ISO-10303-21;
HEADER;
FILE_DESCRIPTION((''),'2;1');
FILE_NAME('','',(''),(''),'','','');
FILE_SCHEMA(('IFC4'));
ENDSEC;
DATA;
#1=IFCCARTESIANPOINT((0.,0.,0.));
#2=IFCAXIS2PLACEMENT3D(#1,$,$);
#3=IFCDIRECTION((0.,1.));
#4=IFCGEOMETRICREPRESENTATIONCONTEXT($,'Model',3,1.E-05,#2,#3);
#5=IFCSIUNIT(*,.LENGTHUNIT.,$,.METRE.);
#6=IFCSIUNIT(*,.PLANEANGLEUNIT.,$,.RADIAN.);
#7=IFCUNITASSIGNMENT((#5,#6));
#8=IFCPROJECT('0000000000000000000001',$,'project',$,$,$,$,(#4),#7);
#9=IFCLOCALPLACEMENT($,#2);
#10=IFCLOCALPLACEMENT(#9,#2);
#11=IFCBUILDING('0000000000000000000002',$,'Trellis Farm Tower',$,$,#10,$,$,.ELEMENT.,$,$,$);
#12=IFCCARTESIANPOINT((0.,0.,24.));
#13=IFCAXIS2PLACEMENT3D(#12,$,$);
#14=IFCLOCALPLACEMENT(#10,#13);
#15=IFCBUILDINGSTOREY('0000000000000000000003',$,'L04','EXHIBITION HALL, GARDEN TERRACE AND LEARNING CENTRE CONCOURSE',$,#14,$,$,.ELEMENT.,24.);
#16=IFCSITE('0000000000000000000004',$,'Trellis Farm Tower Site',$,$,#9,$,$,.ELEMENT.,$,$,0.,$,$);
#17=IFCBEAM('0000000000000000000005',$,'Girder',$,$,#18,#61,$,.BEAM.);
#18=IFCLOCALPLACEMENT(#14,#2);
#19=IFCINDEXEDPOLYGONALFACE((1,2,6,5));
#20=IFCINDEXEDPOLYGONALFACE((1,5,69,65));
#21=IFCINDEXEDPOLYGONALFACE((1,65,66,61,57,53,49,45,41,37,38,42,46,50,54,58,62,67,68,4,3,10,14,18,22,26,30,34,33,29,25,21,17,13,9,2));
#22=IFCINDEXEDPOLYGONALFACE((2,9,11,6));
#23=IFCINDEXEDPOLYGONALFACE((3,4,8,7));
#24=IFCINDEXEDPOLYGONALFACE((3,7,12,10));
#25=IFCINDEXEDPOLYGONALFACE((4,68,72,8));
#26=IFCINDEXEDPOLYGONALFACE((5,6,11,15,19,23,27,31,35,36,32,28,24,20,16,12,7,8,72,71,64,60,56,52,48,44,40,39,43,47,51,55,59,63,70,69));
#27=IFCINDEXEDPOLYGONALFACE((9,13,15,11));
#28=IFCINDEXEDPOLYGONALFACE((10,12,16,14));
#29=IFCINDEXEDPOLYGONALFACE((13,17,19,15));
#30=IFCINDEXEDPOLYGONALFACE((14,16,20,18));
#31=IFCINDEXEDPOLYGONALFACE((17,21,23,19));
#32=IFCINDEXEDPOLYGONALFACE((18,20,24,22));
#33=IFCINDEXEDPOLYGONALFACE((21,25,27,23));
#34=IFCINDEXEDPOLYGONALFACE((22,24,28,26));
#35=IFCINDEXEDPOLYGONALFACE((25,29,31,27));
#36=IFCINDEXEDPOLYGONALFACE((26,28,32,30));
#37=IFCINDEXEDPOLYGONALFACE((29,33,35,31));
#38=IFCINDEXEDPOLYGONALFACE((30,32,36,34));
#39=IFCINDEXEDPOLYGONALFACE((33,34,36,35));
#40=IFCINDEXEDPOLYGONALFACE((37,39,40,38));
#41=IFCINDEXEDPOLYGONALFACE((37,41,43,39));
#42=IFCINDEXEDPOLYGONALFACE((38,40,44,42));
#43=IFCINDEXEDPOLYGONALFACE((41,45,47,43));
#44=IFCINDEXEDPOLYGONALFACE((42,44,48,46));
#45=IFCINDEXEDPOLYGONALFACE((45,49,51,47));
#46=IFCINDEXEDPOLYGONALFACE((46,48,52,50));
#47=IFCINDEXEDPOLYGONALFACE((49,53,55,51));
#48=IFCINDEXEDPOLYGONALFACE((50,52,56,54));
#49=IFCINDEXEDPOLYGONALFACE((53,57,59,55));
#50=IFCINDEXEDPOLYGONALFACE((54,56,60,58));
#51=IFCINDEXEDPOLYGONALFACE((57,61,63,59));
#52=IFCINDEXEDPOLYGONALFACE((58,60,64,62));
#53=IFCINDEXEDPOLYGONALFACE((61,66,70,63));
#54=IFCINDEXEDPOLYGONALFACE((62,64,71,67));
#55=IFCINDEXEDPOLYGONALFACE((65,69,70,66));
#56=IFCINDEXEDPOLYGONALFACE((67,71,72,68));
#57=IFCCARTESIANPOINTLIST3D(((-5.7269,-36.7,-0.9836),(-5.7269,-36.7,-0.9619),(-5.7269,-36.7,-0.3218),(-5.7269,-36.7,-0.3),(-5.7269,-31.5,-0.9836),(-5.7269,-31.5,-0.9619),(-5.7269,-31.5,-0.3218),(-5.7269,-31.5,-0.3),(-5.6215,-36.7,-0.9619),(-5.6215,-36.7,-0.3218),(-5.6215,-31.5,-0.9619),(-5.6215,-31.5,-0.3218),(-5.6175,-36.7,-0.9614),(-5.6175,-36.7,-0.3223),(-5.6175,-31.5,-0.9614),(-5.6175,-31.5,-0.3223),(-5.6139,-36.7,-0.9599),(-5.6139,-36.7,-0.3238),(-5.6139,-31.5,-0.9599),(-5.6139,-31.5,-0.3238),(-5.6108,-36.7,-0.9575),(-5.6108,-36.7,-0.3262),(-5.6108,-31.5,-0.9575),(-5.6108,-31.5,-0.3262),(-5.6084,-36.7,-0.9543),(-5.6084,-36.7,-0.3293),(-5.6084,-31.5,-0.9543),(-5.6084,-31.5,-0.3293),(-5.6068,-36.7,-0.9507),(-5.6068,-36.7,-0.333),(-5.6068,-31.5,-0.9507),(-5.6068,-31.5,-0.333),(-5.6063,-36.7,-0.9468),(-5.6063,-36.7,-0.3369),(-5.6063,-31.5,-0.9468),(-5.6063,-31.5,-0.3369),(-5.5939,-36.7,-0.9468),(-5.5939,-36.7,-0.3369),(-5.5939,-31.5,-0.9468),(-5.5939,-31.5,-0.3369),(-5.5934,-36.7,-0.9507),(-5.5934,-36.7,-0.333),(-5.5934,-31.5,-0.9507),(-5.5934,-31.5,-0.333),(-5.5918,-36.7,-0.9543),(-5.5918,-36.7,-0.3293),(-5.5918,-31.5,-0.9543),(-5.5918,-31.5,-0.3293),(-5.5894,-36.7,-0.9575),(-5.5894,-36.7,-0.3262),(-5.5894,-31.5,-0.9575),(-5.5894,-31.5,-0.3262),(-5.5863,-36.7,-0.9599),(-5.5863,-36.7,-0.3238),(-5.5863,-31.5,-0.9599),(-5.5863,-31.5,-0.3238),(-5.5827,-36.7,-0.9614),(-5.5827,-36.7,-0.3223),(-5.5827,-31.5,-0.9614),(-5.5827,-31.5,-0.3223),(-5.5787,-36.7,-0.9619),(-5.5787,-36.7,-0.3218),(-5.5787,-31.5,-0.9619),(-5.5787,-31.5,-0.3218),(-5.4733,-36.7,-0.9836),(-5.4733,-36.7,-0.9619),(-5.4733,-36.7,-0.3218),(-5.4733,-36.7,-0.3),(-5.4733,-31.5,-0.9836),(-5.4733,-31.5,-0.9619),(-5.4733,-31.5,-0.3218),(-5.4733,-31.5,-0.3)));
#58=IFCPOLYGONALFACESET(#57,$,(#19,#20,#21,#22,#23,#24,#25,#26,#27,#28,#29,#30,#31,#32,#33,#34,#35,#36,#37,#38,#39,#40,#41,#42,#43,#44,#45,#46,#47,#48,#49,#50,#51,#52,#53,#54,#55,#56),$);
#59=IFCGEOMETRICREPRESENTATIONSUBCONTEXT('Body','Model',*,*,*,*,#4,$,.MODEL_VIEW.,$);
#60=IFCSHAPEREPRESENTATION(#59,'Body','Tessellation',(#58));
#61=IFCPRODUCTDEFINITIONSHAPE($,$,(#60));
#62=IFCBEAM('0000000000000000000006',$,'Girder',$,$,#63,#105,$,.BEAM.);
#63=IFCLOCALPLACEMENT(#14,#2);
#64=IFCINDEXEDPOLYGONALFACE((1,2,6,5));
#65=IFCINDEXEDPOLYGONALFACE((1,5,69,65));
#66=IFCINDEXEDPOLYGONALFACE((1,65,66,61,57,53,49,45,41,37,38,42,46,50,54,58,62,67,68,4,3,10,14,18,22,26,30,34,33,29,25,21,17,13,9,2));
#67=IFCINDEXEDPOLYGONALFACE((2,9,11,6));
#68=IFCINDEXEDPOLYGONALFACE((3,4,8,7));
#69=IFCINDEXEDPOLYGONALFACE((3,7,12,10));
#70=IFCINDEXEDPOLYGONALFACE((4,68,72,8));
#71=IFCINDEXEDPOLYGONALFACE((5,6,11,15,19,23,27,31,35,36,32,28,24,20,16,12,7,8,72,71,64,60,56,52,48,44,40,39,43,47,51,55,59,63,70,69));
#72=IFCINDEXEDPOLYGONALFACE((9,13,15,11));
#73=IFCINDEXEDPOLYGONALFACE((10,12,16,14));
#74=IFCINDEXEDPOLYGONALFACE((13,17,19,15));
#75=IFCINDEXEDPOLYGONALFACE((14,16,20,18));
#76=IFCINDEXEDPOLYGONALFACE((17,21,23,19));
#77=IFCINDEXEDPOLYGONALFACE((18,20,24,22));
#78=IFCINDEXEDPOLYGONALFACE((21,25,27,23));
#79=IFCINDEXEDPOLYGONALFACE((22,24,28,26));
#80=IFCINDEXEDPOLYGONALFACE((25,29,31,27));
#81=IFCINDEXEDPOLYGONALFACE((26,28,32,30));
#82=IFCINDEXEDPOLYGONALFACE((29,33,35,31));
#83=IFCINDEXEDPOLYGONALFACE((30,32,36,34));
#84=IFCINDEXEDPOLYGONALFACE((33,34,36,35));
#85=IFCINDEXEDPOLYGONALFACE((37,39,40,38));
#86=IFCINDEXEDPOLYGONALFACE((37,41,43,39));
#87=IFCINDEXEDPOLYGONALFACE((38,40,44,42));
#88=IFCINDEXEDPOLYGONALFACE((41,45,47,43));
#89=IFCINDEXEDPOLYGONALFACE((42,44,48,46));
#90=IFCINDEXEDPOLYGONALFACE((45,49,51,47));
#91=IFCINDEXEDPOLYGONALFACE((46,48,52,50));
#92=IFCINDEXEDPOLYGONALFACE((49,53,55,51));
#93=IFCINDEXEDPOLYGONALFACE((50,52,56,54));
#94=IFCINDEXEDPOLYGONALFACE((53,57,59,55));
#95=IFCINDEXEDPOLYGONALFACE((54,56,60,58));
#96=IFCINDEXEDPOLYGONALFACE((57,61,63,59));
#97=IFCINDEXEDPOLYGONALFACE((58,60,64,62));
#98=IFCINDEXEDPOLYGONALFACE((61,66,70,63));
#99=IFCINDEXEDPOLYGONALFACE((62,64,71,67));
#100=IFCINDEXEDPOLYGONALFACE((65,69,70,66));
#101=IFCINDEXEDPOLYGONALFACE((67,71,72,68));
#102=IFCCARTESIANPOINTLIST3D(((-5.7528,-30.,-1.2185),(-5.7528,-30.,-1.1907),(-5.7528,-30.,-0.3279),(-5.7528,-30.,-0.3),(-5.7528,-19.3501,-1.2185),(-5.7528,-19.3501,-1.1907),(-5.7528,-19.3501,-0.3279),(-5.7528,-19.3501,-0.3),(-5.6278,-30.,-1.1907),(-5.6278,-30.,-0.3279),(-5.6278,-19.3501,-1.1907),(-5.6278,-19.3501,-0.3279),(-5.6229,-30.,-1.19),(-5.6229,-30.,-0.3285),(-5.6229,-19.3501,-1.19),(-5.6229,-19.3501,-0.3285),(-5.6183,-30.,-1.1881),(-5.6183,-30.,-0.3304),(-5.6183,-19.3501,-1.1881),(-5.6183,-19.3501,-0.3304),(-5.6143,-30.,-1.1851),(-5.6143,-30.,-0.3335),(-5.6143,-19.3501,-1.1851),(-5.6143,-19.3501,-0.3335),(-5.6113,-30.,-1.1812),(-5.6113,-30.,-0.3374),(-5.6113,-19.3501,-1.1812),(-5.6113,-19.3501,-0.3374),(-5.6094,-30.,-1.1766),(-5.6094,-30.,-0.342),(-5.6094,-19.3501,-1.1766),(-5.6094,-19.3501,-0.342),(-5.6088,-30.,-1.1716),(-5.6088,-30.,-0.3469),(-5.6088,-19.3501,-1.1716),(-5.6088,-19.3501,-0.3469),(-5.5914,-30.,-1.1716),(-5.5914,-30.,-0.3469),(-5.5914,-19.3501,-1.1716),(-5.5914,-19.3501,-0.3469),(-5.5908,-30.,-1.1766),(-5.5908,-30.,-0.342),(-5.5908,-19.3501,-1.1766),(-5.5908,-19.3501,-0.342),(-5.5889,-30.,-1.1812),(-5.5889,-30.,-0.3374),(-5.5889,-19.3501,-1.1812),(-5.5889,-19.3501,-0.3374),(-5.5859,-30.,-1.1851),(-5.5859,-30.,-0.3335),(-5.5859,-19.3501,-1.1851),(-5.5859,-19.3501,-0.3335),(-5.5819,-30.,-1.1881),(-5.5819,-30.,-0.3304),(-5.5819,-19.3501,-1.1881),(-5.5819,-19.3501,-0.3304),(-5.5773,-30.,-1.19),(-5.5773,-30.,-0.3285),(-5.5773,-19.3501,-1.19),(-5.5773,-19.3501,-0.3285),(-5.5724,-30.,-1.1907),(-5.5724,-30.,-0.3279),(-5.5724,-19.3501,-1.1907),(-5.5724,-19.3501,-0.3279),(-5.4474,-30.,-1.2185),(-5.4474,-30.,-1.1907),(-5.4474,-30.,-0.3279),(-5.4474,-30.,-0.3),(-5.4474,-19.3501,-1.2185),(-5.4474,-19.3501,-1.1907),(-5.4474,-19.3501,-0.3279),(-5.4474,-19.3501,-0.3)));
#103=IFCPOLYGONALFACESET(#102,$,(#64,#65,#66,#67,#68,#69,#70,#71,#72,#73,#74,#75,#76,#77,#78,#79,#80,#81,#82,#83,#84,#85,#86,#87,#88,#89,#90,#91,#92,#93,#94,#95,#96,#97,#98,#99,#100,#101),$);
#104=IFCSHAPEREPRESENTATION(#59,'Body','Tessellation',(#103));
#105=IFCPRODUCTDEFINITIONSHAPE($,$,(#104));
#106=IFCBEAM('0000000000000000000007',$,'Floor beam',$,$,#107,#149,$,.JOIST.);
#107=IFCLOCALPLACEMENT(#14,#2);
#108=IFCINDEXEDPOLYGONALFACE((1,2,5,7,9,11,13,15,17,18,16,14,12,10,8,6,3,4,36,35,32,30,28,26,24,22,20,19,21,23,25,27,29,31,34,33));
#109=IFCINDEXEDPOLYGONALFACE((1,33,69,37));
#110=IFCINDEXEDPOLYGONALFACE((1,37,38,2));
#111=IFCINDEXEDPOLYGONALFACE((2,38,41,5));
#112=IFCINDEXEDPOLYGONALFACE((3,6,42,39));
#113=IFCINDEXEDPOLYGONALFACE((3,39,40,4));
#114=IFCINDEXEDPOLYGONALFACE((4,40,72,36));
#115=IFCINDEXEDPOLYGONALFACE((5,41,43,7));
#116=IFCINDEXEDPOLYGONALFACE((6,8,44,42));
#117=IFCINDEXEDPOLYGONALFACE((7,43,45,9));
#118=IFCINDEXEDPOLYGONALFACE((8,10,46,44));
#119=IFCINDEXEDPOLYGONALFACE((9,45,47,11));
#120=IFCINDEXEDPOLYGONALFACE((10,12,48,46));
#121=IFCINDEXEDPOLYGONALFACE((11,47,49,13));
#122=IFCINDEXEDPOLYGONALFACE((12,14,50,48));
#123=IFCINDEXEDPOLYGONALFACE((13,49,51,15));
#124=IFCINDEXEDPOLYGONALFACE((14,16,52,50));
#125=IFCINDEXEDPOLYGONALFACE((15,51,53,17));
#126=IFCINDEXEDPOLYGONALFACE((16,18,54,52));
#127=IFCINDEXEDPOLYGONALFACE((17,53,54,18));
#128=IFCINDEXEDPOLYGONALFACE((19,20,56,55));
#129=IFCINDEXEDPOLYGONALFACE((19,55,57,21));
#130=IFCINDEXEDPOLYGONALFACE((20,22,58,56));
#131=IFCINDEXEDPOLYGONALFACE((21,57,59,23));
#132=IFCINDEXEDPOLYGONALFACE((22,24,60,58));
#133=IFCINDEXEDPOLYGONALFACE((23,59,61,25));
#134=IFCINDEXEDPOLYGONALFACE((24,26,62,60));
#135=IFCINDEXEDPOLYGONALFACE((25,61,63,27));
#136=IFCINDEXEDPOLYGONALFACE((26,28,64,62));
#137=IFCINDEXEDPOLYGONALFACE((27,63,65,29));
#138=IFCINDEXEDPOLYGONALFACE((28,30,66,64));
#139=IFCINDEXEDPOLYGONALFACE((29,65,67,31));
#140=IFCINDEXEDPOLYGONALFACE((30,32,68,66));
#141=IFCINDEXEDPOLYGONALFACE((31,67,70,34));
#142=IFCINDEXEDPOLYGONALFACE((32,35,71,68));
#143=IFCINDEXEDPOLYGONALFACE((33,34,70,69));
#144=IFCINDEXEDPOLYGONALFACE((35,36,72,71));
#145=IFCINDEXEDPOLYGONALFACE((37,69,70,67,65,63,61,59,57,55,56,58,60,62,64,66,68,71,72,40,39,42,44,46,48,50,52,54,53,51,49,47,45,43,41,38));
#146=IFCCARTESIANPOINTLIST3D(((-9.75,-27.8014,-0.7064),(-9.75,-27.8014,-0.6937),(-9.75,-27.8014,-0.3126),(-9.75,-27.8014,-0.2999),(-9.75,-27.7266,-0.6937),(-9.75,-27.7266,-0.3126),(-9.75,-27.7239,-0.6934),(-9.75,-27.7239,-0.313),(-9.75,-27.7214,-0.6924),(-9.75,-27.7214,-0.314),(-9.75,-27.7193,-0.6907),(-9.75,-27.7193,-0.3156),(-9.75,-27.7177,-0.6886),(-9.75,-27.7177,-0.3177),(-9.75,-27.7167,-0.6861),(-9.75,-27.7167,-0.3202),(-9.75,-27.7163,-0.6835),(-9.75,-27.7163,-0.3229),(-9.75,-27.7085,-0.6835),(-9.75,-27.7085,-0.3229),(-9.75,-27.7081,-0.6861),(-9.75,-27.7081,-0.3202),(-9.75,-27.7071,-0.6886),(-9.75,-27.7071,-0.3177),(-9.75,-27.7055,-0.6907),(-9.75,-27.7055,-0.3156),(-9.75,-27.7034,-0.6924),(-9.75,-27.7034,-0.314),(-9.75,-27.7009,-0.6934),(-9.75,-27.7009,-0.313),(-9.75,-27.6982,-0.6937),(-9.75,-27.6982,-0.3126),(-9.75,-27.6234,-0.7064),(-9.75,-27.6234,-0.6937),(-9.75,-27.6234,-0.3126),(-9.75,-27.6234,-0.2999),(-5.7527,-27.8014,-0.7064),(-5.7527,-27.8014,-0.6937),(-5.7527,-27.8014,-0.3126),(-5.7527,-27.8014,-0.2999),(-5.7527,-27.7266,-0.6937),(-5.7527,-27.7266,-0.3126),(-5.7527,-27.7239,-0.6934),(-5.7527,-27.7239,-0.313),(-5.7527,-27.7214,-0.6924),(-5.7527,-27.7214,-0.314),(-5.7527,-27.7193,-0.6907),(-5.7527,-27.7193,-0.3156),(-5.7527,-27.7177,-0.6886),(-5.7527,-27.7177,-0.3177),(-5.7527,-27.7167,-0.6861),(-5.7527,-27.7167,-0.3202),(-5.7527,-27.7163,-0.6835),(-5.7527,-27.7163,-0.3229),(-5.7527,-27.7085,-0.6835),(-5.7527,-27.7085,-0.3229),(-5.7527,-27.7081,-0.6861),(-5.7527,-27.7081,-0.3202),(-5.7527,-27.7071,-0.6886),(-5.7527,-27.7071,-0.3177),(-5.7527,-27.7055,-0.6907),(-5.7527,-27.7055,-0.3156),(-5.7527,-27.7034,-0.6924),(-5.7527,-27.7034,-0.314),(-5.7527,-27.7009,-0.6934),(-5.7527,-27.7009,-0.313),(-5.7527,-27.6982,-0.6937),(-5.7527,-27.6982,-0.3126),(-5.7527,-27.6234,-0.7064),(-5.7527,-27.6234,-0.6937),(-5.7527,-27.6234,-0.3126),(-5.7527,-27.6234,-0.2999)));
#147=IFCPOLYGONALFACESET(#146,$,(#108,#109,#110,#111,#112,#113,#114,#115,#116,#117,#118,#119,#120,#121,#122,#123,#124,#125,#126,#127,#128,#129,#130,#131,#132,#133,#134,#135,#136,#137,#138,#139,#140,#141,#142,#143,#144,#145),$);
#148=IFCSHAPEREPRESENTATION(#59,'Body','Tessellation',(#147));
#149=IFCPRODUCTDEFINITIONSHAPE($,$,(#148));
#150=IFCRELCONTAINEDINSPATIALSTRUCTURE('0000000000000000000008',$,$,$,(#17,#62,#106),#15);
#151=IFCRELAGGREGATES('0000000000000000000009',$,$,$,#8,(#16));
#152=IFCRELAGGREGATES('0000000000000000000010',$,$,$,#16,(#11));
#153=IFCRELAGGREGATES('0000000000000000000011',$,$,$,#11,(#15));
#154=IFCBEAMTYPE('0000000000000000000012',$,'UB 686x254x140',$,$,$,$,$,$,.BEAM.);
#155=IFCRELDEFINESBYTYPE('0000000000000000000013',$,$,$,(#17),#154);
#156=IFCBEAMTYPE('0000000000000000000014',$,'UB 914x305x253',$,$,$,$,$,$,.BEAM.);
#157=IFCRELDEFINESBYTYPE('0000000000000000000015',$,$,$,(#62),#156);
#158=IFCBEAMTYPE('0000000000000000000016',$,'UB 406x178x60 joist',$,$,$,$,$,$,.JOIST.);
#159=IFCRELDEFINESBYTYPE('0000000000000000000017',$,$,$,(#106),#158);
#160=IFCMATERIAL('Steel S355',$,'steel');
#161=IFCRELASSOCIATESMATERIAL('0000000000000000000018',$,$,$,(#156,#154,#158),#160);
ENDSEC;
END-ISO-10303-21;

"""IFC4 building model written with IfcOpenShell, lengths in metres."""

from ifc_helpers import new_model, si_unit, direction, frame, origin, origin_2d, place, context, subcontext, project, spatial, i_section, extrude, source, transform, mapped, material, material_profile, profile_set, type_object, element, save


model = new_model("IFC4")

# Units and contexts
model_context = context("Model", 3, precision=1e-05, world=origin(), true_north=direction((0.0, 1.0)))
body_context = subcontext(model_context, "Body", "Model", "MODEL_VIEW")
ifc_project = project(units=[si_unit("LENGTHUNIT", "METRE"), si_unit("PLANEANGLEUNIT", "RADIAN")], contexts=[model_context])

# Site, building, storey
site_placement = place(None, origin())
site = spatial("IfcSite", under=ifc_project, at=site_placement, Name="Trellis Farm Tower Site", CompositionType="ELEMENT", RefElevation=0.0)
building_placement = place(site_placement, origin())
building = spatial("IfcBuilding", under=site, at=building_placement, Name="Trellis Farm Tower", CompositionType="ELEMENT")
storey_placement = place(building_placement, frame((0.0, 0.0, 24.0)))
storey = spatial("IfcBuildingStorey", under=building, at=storey_placement, Name="L04", Description="EXHIBITION HALL, GARDEN TERRACE AND LEARNING CENTRE CONCOURSE", CompositionType="ELEMENT", Elevation=24.0)

# Beams
ifc_material_1 = material(Name="Steel S355", Category="steel")
ifc_material_profile_1 = material_profile(ifc_material_1, i_section(OverallWidth=0.3054, OverallDepth=0.9185, WebThickness=0.0173, FlangeThickness=0.0278, FilletRadius=0.019, at=origin_2d()), Name="UB 914x305x253")
ifc_profile_set_1 = profile_set([ifc_material_profile_1], Name="Steel S355")
beam_type_1 = type_object("IfcBeamType", Name="UB 914x305x253", PredefinedType="BEAM", material=ifc_profile_set_1)
ifc_material_profile_2 = material_profile(ifc_material_1, i_section(OverallWidth=0.2537, OverallDepth=0.6836, WebThickness=0.0125, FlangeThickness=0.0217, FilletRadius=0.0151, at=origin_2d()), Name="UB 686x254x140")
ifc_profile_set_2 = profile_set([ifc_material_profile_2], Name="Steel S355")
beam_type_2 = type_object("IfcBeamType", Name="UB 686x254x140", PredefinedType="BEAM", material=ifc_profile_set_2)
shared_shape_1 = source(origin(), body_context, "Body", "SweptSolid", [
    extrude(i_section(OverallWidth=0.2537, OverallDepth=0.6836, WebThickness=0.0125, FlangeThickness=0.0217, FilletRadius=0.0151, at=origin_2d()), origin(), (0.0, 0.0, 1.0), 5.2),
])
beam_1_placement = place(storey_placement, frame((-5.6001, -36.7, -0.6418), z_axis=(0.0, 1.0, 0.0), x_axis=(-1.0, 0.0, 0.0)))
element("IfcBeam", 1, at=beam_1_placement, inside=storey, type_object=beam_type_2, Name="Girder", PredefinedType="BEAM", context=body_context, shape_type="MappedRepresentation", body=[
    mapped(shared_shape_1, transform((0.0, 0.0, 0.0))),
])
shared_shape_2 = source(origin(), body_context, "Body", "SweptSolid", [
    extrude(i_section(OverallWidth=0.3054, OverallDepth=0.9185, WebThickness=0.0173, FlangeThickness=0.0278, FilletRadius=0.019, at=origin_2d()), origin(), (0.0, 0.0, 1.0), 10.6499),
])
beam_2_placement = place(storey_placement, frame((-5.6001, -30.0, -0.7593), z_axis=(0.0, 1.0, 0.0), x_axis=(-1.0, 0.0, 0.0)))
element("IfcBeam", 2, at=beam_2_placement, inside=storey, type_object=beam_type_1, Name="Girder", PredefinedType="BEAM", context=body_context, shape_type="MappedRepresentation", body=[
    mapped(shared_shape_2, transform((0.0, 0.0, 0.0))),
])
ifc_material_profile_3 = material_profile(ifc_material_1, i_section(OverallWidth=0.178, OverallDepth=0.4065, WebThickness=0.0078, FlangeThickness=0.0127, FilletRadius=0.0103, at=origin_2d()), Name="UB 406x178x60")
ifc_profile_set_3 = profile_set([ifc_material_profile_3], Name="Steel S355")
beam_type_3 = type_object("IfcBeamType", Name="UB 406x178x60 joist", PredefinedType="JOIST", material=ifc_profile_set_3)
shared_shape_3 = source(origin(), body_context, "Body", "SweptSolid", [
    extrude(i_section(OverallWidth=0.178, OverallDepth=0.4065, WebThickness=0.0078, FlangeThickness=0.0127, FilletRadius=0.0103, at=origin_2d()), origin(), (0.0, 0.0, 1.0), 3.9973),
])
beam_3_placement = place(storey_placement, frame((-9.75, -27.7124, -0.5032), z_axis=(1.0, 0.0, 0.0), x_axis=(0.0, 1.0, 0.0)))
element("IfcBeam", 3, at=beam_3_placement, inside=storey, type_object=beam_type_3, Name="Floor beam", PredefinedType="JOIST", context=body_context, shape_type="MappedRepresentation", body=[
    mapped(shared_shape_3, transform((0.0, 0.0, 0.0))),
])

save(model, "model.ifc")
